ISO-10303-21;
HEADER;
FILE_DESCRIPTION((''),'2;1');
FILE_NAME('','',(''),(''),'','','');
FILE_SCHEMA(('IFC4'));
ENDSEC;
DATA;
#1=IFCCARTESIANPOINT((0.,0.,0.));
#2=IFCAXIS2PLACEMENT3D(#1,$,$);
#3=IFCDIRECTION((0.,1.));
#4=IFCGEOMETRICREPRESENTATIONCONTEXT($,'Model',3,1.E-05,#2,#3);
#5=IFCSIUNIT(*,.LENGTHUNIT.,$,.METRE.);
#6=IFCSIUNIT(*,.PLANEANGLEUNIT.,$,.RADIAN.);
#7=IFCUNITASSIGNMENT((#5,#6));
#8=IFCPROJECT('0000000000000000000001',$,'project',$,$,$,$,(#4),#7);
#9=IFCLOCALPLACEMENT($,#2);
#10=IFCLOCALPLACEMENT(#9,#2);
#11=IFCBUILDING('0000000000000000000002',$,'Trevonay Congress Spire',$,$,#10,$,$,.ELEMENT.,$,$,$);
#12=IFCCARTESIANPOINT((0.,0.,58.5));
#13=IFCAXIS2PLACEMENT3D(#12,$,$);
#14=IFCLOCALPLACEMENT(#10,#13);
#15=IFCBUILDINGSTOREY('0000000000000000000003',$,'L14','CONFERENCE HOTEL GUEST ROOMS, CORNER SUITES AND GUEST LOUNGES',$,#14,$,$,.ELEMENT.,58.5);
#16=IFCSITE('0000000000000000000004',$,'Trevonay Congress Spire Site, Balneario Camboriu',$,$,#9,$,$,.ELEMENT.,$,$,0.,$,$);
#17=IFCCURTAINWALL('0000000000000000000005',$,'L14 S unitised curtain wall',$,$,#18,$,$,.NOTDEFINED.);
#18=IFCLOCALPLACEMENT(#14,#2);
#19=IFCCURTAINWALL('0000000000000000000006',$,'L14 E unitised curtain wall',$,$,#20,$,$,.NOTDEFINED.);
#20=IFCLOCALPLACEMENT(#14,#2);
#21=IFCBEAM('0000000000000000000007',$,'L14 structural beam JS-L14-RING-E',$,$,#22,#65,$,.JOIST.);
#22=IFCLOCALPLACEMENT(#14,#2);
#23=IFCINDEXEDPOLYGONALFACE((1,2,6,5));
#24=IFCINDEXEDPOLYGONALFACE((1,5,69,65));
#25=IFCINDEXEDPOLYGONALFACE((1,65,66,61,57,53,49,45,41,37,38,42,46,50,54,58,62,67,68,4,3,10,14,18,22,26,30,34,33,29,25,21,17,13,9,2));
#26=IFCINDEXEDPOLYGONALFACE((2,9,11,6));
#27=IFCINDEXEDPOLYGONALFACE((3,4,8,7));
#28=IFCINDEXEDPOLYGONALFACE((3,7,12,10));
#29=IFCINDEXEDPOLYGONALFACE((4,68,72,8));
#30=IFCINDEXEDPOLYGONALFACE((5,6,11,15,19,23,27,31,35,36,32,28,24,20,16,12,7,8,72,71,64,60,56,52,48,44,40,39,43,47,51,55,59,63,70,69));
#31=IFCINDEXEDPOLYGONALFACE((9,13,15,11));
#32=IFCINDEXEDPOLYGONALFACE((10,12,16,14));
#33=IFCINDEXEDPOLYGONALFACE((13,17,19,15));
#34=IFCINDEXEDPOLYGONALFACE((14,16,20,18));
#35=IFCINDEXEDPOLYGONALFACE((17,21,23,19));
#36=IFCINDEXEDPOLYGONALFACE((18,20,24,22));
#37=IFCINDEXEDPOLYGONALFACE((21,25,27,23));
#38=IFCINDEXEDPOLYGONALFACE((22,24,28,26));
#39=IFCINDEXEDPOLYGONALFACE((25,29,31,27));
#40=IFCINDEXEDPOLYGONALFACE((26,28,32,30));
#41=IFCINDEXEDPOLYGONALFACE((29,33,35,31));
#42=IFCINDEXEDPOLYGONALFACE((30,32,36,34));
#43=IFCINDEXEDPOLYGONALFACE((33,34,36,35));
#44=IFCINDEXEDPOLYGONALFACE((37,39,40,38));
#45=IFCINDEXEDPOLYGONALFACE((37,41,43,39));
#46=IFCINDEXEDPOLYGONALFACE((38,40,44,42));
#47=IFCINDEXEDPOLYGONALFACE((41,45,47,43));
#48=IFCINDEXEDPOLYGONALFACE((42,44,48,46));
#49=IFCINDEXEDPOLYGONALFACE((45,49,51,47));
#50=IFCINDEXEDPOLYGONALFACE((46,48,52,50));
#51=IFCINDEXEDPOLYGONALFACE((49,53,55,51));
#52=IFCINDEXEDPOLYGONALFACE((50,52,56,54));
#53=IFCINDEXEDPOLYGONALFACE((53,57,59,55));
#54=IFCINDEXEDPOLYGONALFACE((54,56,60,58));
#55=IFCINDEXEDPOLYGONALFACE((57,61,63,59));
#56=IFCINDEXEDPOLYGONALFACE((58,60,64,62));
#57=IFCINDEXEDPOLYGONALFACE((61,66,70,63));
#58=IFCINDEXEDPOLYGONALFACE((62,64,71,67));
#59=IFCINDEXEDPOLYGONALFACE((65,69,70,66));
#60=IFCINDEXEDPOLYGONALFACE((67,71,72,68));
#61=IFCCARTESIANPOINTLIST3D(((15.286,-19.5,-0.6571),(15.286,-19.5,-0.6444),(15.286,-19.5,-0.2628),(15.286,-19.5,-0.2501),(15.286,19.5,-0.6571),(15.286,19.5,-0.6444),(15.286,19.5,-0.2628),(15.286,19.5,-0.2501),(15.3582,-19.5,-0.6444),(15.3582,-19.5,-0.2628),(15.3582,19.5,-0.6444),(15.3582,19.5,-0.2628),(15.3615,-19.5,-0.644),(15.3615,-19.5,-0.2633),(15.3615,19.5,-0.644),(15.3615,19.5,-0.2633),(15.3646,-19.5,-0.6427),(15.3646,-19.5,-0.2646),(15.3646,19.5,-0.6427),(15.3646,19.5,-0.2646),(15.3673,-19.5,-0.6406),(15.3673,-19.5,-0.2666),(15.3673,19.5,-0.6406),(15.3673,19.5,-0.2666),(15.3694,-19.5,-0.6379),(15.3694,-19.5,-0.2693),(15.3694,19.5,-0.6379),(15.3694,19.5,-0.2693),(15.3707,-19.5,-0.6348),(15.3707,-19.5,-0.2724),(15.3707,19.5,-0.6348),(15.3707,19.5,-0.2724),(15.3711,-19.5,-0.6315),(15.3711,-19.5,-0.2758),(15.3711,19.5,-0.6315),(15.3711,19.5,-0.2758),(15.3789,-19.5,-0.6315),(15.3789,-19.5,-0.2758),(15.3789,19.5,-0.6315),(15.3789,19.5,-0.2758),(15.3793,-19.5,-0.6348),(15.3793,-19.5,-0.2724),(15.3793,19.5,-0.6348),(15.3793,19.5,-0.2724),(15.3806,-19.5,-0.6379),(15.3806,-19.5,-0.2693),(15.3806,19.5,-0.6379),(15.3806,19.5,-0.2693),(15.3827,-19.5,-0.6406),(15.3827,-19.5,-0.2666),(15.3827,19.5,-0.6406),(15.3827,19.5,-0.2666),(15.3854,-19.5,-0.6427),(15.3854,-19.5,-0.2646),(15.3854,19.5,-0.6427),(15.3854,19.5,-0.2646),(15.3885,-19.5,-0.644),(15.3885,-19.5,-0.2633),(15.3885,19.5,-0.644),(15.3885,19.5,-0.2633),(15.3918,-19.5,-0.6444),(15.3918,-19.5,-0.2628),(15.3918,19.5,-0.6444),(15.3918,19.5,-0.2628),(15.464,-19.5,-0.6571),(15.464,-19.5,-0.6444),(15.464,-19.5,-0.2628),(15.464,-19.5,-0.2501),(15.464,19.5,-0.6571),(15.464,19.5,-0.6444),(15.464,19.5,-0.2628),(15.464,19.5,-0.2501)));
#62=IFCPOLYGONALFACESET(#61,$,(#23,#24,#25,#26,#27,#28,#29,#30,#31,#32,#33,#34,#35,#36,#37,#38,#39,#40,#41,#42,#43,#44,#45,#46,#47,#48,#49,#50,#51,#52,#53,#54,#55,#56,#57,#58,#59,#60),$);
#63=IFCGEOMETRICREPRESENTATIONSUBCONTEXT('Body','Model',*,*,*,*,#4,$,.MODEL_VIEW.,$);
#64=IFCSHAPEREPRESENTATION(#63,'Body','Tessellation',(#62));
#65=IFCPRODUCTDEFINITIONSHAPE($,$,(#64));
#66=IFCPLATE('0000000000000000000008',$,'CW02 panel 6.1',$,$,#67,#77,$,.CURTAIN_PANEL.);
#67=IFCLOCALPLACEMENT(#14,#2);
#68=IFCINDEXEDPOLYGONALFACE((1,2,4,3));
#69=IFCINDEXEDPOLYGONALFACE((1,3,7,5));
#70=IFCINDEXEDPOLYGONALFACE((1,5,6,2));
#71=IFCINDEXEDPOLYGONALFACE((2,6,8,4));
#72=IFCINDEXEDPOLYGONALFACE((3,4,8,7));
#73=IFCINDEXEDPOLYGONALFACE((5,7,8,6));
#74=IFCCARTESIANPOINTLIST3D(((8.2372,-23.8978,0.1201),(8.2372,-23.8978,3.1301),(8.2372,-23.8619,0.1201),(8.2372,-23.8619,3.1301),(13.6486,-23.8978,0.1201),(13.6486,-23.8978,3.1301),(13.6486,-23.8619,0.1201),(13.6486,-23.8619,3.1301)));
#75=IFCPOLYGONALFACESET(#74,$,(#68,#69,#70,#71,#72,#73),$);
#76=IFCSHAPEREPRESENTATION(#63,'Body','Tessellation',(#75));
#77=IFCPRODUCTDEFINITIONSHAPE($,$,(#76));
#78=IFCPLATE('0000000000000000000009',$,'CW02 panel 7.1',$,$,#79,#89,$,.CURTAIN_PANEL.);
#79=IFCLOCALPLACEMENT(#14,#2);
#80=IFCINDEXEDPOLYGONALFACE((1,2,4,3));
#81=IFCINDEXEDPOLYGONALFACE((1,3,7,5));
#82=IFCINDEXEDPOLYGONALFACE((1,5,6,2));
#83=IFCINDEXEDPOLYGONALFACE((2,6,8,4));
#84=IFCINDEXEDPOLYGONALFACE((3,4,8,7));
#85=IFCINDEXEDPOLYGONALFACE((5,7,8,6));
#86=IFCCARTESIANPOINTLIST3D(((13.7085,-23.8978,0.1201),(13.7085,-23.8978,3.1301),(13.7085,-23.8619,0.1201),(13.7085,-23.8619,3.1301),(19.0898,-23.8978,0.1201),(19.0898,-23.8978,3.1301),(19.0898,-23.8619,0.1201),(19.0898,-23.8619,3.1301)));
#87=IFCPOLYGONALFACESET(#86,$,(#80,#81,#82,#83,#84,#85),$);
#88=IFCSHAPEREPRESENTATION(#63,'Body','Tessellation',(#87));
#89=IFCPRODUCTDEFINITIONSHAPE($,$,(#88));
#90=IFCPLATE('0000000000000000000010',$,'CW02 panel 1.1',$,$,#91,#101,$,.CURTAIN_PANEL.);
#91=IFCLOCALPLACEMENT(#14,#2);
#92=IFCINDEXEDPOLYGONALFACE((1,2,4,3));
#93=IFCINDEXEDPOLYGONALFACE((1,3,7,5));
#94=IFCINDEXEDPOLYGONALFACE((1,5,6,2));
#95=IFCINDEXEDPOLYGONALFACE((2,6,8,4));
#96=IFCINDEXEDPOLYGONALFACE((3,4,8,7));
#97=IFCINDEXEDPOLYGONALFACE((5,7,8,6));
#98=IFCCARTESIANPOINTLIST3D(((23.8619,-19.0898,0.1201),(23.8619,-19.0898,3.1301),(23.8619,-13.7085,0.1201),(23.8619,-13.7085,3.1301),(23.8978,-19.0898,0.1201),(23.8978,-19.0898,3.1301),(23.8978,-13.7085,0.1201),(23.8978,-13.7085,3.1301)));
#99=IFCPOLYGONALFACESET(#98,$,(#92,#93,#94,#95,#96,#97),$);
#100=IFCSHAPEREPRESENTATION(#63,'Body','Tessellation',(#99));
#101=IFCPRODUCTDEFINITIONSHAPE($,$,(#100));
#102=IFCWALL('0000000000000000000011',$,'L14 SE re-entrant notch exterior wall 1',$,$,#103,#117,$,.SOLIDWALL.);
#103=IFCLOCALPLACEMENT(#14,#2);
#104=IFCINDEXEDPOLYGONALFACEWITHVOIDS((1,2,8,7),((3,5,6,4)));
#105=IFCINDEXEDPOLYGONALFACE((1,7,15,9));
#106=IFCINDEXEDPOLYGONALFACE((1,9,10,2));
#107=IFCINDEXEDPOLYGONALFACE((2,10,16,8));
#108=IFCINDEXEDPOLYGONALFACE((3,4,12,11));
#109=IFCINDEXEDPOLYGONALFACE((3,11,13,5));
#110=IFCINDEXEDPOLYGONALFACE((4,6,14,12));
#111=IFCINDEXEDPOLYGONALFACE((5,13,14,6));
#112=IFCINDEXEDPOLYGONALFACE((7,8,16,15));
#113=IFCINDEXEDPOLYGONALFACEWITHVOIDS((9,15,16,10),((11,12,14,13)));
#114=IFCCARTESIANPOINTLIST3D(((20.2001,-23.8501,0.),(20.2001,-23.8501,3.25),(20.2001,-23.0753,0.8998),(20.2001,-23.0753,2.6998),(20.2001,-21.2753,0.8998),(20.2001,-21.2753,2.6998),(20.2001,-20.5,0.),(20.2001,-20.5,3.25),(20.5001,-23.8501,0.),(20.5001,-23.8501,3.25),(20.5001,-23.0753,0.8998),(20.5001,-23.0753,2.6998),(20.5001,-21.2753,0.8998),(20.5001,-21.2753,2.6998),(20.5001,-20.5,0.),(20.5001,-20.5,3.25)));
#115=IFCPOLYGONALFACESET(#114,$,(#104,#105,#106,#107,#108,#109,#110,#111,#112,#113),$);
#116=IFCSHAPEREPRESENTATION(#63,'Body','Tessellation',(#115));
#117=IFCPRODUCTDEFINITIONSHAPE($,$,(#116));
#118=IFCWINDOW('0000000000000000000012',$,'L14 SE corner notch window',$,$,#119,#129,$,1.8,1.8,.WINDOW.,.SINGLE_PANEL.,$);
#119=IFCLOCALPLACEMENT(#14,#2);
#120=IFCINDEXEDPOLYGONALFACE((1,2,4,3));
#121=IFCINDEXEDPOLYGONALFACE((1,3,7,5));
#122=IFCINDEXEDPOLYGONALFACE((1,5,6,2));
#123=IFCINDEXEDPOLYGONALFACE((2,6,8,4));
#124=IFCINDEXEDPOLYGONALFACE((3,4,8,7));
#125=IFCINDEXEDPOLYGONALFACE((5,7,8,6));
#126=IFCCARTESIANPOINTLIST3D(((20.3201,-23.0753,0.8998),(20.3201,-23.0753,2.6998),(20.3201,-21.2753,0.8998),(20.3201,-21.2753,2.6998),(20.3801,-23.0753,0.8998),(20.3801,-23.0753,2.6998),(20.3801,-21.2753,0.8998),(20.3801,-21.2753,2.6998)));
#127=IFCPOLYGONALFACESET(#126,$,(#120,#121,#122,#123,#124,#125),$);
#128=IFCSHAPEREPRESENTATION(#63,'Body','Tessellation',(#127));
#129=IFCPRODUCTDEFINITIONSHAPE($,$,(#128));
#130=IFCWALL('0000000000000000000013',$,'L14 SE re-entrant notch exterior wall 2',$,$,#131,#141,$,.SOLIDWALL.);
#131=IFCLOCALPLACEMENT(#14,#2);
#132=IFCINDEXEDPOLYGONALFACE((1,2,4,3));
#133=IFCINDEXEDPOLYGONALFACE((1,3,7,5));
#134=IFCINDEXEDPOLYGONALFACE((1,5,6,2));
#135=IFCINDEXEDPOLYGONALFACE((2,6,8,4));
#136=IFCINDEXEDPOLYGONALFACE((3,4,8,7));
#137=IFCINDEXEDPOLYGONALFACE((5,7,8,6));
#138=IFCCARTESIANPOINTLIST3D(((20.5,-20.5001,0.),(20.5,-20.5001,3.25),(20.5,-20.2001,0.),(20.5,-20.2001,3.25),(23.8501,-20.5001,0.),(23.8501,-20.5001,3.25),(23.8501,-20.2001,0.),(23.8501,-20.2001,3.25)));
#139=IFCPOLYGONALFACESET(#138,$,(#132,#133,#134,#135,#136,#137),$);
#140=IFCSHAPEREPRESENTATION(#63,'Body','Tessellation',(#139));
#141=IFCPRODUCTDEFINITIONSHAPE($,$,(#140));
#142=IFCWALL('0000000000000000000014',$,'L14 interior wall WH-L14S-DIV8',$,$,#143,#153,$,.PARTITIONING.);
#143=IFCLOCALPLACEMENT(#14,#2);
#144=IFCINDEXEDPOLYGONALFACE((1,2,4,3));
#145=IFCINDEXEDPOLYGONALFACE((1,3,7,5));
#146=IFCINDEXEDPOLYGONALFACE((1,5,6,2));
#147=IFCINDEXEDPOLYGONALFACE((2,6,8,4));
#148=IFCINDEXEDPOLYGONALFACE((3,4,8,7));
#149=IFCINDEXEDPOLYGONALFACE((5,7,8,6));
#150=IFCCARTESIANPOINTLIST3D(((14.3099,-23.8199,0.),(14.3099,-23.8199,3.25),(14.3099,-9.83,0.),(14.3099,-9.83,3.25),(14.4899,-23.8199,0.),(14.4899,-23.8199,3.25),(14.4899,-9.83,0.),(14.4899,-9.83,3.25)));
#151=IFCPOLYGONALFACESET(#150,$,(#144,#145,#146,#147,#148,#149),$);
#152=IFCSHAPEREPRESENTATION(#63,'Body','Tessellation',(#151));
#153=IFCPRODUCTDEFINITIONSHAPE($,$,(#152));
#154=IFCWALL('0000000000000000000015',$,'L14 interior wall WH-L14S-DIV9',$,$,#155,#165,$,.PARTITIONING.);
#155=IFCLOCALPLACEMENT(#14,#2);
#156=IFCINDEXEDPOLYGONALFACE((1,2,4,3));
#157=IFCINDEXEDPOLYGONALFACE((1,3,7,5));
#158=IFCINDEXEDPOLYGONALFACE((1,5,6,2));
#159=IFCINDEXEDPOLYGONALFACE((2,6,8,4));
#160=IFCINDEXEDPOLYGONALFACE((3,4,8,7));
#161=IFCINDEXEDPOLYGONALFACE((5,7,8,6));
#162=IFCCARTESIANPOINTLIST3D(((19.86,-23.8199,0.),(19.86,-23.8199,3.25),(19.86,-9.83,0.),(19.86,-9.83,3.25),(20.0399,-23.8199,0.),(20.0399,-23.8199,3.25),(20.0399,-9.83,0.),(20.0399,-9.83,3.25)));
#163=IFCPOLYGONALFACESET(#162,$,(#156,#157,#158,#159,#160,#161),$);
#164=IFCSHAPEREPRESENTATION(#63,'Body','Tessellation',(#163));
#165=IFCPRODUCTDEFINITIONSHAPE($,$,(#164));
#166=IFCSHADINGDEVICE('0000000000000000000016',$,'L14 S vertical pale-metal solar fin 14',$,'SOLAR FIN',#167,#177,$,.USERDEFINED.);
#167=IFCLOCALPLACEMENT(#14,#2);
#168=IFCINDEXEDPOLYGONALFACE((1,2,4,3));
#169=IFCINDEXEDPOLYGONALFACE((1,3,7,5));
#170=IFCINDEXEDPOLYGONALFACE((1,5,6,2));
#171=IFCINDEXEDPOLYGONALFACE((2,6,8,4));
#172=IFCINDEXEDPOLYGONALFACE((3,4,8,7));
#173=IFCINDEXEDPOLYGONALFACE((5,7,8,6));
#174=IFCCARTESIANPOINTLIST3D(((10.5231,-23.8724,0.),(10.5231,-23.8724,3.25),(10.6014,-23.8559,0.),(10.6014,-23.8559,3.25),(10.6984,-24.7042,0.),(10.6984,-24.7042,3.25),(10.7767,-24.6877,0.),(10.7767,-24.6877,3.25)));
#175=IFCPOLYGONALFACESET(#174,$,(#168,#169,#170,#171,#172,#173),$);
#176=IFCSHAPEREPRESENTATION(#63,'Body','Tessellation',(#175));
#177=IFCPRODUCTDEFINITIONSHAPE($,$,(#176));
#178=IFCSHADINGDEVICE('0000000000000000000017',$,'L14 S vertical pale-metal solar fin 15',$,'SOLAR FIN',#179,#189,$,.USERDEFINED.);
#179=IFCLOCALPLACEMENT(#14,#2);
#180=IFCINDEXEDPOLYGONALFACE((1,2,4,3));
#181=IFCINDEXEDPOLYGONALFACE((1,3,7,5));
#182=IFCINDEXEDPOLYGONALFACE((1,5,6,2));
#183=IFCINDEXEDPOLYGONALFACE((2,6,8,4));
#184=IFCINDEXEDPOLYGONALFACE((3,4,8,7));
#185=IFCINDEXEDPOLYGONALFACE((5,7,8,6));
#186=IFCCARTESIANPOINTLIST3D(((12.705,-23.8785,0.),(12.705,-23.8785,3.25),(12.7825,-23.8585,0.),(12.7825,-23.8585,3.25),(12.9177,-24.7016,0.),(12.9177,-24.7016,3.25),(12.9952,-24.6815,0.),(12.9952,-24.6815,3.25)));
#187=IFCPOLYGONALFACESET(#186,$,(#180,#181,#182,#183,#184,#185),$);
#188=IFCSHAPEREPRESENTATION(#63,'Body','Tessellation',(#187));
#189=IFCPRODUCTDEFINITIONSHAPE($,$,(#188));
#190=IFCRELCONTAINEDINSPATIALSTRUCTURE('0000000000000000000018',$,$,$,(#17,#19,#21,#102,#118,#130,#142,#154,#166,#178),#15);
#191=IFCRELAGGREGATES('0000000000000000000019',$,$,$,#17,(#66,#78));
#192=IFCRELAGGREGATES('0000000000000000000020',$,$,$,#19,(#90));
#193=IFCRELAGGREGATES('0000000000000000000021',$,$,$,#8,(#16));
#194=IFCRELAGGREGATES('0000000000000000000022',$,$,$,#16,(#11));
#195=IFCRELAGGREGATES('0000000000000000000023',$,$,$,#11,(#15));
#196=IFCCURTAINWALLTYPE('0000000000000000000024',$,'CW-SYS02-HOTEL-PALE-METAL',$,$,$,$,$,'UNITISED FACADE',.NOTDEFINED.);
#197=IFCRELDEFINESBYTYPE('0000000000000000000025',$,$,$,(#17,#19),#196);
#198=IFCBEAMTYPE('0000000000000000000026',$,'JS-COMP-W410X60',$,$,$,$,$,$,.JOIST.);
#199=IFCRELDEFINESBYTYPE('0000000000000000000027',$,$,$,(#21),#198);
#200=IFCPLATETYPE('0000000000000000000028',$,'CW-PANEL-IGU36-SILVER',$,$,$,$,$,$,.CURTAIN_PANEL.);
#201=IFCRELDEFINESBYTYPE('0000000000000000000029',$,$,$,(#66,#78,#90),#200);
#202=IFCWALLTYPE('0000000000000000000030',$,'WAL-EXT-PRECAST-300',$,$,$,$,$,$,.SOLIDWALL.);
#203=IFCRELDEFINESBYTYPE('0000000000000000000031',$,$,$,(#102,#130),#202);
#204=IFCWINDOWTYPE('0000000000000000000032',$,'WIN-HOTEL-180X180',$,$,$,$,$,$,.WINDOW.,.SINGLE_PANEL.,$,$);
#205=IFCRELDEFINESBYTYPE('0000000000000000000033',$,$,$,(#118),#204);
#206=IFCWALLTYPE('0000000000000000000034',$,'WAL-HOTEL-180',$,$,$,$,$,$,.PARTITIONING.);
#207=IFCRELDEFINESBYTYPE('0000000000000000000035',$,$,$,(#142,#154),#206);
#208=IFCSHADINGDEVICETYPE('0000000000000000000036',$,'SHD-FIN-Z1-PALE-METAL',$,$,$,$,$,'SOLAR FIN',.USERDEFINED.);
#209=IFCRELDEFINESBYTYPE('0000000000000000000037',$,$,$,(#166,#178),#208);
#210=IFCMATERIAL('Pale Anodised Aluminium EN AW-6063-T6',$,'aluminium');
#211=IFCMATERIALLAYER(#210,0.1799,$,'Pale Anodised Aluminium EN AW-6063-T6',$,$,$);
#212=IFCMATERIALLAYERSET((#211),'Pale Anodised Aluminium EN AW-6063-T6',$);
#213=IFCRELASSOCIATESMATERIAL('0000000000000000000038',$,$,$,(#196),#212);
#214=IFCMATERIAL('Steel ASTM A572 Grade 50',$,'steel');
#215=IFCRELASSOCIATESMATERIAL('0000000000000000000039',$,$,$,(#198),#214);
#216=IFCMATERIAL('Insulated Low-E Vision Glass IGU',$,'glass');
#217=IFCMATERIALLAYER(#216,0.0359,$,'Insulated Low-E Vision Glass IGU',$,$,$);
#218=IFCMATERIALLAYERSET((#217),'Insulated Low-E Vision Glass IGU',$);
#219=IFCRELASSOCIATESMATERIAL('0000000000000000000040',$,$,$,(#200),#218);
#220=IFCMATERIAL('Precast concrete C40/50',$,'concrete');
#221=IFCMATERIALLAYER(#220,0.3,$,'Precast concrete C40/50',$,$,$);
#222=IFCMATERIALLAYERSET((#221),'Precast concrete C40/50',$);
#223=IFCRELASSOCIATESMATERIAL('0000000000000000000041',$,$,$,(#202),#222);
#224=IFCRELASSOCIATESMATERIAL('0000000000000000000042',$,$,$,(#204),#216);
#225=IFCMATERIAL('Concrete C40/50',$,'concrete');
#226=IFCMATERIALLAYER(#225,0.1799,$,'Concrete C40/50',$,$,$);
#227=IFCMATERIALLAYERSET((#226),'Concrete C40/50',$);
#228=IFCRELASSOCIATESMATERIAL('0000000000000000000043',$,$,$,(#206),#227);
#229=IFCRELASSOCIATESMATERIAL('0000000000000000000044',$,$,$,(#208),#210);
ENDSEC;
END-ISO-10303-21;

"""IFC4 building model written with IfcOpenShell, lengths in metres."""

from ifc_helpers import new_model, si_unit, direction, frame, frame_2d, origin, origin_2d, place, context, subcontext, project, spatial, rectangle, i_section, extrude, material, layer, layer_set, material_profile, profile_set, type_object, element, fill, aggregate, save


model = new_model("IFC4")

# Units and contexts
model_context = context("Model", 3, precision=1e-05, world=origin(), true_north=direction((0.0, 1.0)))
body_context = subcontext(model_context, "Body", "Model", "MODEL_VIEW")
ifc_project = project(units=[si_unit("LENGTHUNIT", "METRE"), si_unit("PLANEANGLEUNIT", "RADIAN")], contexts=[model_context])

# Site, building, storey
site_placement = place(None, origin())
site = spatial("IfcSite", under=ifc_project, at=site_placement, Name="Trevonay Congress Spire Site, Balneario Camboriu", CompositionType="ELEMENT", RefElevation=0.0)
building_placement = place(site_placement, origin())
building = spatial("IfcBuilding", under=site, at=building_placement, Name="Trevonay Congress Spire", CompositionType="ELEMENT")
storey_placement = place(building_placement, frame((0.0, 0.0, 58.5)))
storey = spatial("IfcBuildingStorey", under=building, at=storey_placement, Name="L14", Description="CONFERENCE HOTEL GUEST ROOMS, CORNER SUITES AND GUEST LOUNGES", CompositionType="ELEMENT", Elevation=58.5)

# Shared definitions
ifc_material_1 = material(Name="Steel ASTM A572 Grade 50", Category="steel")

# Curtain wall
ifc_material_2 = material(Name="Pale Anodised Aluminium EN AW-6063-T6", Category="aluminium")
ifc_layer_1 = layer(ifc_material_2, 0.1799, Name="Pale Anodised Aluminium EN AW-6063-T6")
ifc_layer_set_1 = layer_set([ifc_layer_1], Name="Pale Anodised Aluminium EN AW-6063-T6")
curtain_wall_type = type_object("IfcCurtainWallType", Name="CW-SYS02-HOTEL-PALE-METAL", ElementType="UNITISED FACADE", PredefinedType="NOTDEFINED", material=ifc_layer_set_1)
curtain_wall_1_placement = place(storey_placement, origin())
curtain_wall_1 = element("IfcCurtainWall", 1, at=curtain_wall_1_placement, inside=storey, type_object=curtain_wall_type, Name="L14 S unitised curtain wall", PredefinedType="NOTDEFINED")

# Curtain wall
curtain_wall_2_placement = place(storey_placement, origin())
curtain_wall_2 = element("IfcCurtainWall", 2, at=curtain_wall_2_placement, inside=storey, type_object=curtain_wall_type, Name="L14 E unitised curtain wall", PredefinedType="NOTDEFINED")

# Beam
ifc_material_profile_1 = material_profile(ifc_material_1, i_section(OverallWidth=0.178, OverallDepth=0.407, WebThickness=0.0078, FlangeThickness=0.0127, FilletRadius=0.0129, at=origin_2d()), Name="W410x60")
ifc_profile_set_1 = profile_set([ifc_material_profile_1], Name="Steel ASTM A572 Grade 50")
beam_type_1 = type_object("IfcBeamType", Name="JS-COMP-W410X60", PredefinedType="JOIST", material=ifc_profile_set_1)
beam_placement = place(storey_placement, frame((15.375, -19.5, -0.4536), z_axis=(0.0, 1.0, 0.0), x_axis=(-1.0, 0.0, 0.0)))
element("IfcBeam", 3, at=beam_placement, inside=storey, type_object=beam_type_1, Name="L14 structural beam JS-L14-RING-E", PredefinedType="JOIST", context=body_context, shape_type="SweptSolid", body=[
    extrude(i_section(OverallWidth=0.178, OverallDepth=0.407, WebThickness=0.0078, FlangeThickness=0.0127, FilletRadius=0.0129, at=origin_2d()), origin(), (0.0, 0.0, 1.0), 39.0),
])

# Plates
ifc_material_3 = material(Name="Insulated Low-E Vision Glass IGU", Category="glass")
ifc_layer_2 = layer(ifc_material_3, 0.0359, Name="Insulated Low-E Vision Glass IGU")
ifc_layer_set_2 = layer_set([ifc_layer_2], Name="Insulated Low-E Vision Glass IGU")
plate_type = type_object("IfcPlateType", Name="CW-PANEL-IGU36-SILVER", PredefinedType="CURTAIN_PANEL", material=ifc_layer_set_2)
plate_1_placement = place(storey_placement, frame((10.9429, -23.8799, 0.1201), z_axis=(0.0, 0.0, 1.0), x_axis=(1.0, 0.0, 0.0)))
plate_1 = element("IfcPlate", 4, at=plate_1_placement, type_object=plate_type, Name="CW02 panel 6.1", PredefinedType="CURTAIN_PANEL", context=body_context, shape_type="SweptSolid", body=[
    extrude(rectangle(XDim=5.4114, YDim=0.0359, at=origin_2d()), origin(), (0.0, 0.0, 1.0), 3.01),
])
plate_2_placement = place(storey_placement, frame((16.3992, -23.8799, 0.1201), z_axis=(0.0, 0.0, 1.0), x_axis=(1.0, 0.0, 0.0)))
plate_2 = element("IfcPlate", 5, at=plate_2_placement, type_object=plate_type, Name="CW02 panel 7.1", PredefinedType="CURTAIN_PANEL", context=body_context, shape_type="SweptSolid", body=[
    extrude(rectangle(XDim=5.3813, YDim=0.0359, at=origin_2d()), origin(), (0.0, 0.0, 1.0), 3.01),
])
aggregate(curtain_wall_1, [plate_1, plate_2])
plate_3_placement = place(storey_placement, frame((23.8799, -16.3992, 0.1201), z_axis=(0.0, 0.0, 1.0), x_axis=(0.0, 1.0, 0.0)))
plate_3 = element("IfcPlate", 6, at=plate_3_placement, type_object=plate_type, Name="CW02 panel 1.1", PredefinedType="CURTAIN_PANEL", context=body_context, shape_type="SweptSolid", body=[
    extrude(rectangle(XDim=5.3813, YDim=0.0359, at=origin_2d()), origin(), (0.0, 0.0, 1.0), 3.01),
])
aggregate(curtain_wall_2, [plate_3])

# Wall, opening, window
ifc_material_4 = material(Name="Precast concrete C40/50", Category="concrete")
ifc_layer_3 = layer(ifc_material_4, 0.3, Name="Precast concrete C40/50")
ifc_layer_set_3 = layer_set([ifc_layer_3], Name="Precast concrete C40/50")
wall_type_1 = type_object("IfcWallType", Name="WAL-EXT-PRECAST-300", PredefinedType="SOLIDWALL", material=ifc_layer_set_3)
wall_1_placement = place(storey_placement, frame((20.3501, -23.8501, 0.0), z_axis=(0.0, 0.0, 1.0), x_axis=(0.0, 1.0, 0.0)))
wall_1 = element("IfcWall", 7, at=wall_1_placement, inside=storey, type_object=wall_type_1, Name="L14 SE re-entrant notch exterior wall 1", PredefinedType="SOLIDWALL", context=body_context, shape_type="SweptSolid", body=[
    extrude(rectangle(XDim=3.3501, YDim=0.3, at=frame_2d((1.675, 0.0))), origin(), (0.0, 0.0, 1.0), 3.25),
])
opening_placement = place(wall_1_placement, frame((0.7749, 0.0, 0.8999)))
opening = element("IfcOpeningElement", 8, at=opening_placement, cuts=wall_1, PredefinedType="OPENING", context=body_context, shape_type="SweptSolid", body=[
    extrude(rectangle(XDim=1.8, YDim=1.8, at=frame_2d((0.8999, 0.8999))), frame((0.0, 0.1602, 0.0), z_axis=(0.0, -1.0, 0.0), x_axis=(1.0, 0.0, 0.0)), (0.0, 0.0, 1.0), 0.3201),
])
window_type = type_object("IfcWindowType", Name="WIN-HOTEL-180X180", PartitioningType="SINGLE_PANEL", PredefinedType="WINDOW", material=ifc_material_3)
window_placement = place(opening_placement, origin())
window = element("IfcWindow", 9, at=window_placement, inside=storey, type_object=window_type, Name="L14 SE corner notch window", OverallHeight=1.8, OverallWidth=1.8, PartitioningType="SINGLE_PANEL", PredefinedType="WINDOW", context=body_context, shape_type="SweptSolid", body=[
    extrude(rectangle(XDim=1.8, YDim=1.8, at=frame_2d((0.8999, 0.8999))), frame((0.0, 0.03, 0.0), z_axis=(0.0, -1.0, 0.0), x_axis=(1.0, 0.0, 0.0)), (0.0, 0.0, 1.0), 0.0601),
])
fill(opening, window)

# Walls
wall_2_placement = place(storey_placement, frame((23.8501, -20.3501, 0.0), z_axis=(0.0, 0.0, 1.0), x_axis=(-1.0, 0.0, 0.0)))
element("IfcWall", 10, at=wall_2_placement, inside=storey, type_object=wall_type_1, Name="L14 SE re-entrant notch exterior wall 2", PredefinedType="SOLIDWALL", context=body_context, shape_type="SweptSolid", body=[
    extrude(rectangle(XDim=3.3501, YDim=0.3, at=frame_2d((1.675, 0.0))), origin(), (0.0, 0.0, 1.0), 3.25),
])
ifc_material_5 = material(Name="Concrete C40/50", Category="concrete")
ifc_layer_4 = layer(ifc_material_5, 0.1799, Name="Concrete C40/50")
ifc_layer_set_4 = layer_set([ifc_layer_4], Name="Concrete C40/50")
wall_type_2 = type_object("IfcWallType", Name="WAL-HOTEL-180", PredefinedType="PARTITIONING", material=ifc_layer_set_4)
for number, where, z_axis, x_axis, name in (
    (11, (14.3999, -23.8201, 0.0), (0.0, 0.0, 1.0), (0.0, 1.0, 0.0), "L14 interior wall WH-L14S-DIV8"),
    (12, (19.95, -23.8201, 0.0), (0.0, 0.0, 1.0), (0.0, 1.0, 0.0), "L14 interior wall WH-L14S-DIV9"),
):
    element("IfcWall", number, at=place(storey_placement, frame(where, z_axis=z_axis, x_axis=x_axis)), inside=storey, type_object=wall_type_2, Name=name, PredefinedType="PARTITIONING", context=body_context, shape_type="SweptSolid", body=[
        extrude(rectangle(XDim=13.99, YDim=0.1799, at=frame_2d((6.9951, 0.0))), origin(), (0.0, 0.0, 1.0), 3.25),
    ])

# Shading devices
shading_device_type = type_object("IfcShadingDeviceType", Name="SHD-FIN-Z1-PALE-METAL", ElementType="SOLAR FIN", PredefinedType="USERDEFINED", material=ifc_material_2)
for number, where, z_axis, x_axis, name in (
    (13, (10.6499, -24.28, 0.0), (0.0, 0.0, 1.0), (0.978509, 0.206204, 0.0), "L14 S vertical pale-metal solar fin 14"),
    (14, (12.8501, -24.28, 0.0), (0.0, 0.0, 1.0), (0.968191, 0.250211, 0.0), "L14 S vertical pale-metal solar fin 15"),
):
    element("IfcShadingDevice", number, at=place(storey_placement, frame(where, z_axis=z_axis, x_axis=x_axis)), inside=storey, type_object=shading_device_type, Name=name, ObjectType="SOLAR FIN", PredefinedType="USERDEFINED", context=body_context, shape_type="SweptSolid", body=[
        extrude(rectangle(XDim=0.0801, YDim=0.8501, at=origin_2d()), origin(), (0.0, 0.0, 1.0), 3.25),
    ])

save(model, "model.ifc")
